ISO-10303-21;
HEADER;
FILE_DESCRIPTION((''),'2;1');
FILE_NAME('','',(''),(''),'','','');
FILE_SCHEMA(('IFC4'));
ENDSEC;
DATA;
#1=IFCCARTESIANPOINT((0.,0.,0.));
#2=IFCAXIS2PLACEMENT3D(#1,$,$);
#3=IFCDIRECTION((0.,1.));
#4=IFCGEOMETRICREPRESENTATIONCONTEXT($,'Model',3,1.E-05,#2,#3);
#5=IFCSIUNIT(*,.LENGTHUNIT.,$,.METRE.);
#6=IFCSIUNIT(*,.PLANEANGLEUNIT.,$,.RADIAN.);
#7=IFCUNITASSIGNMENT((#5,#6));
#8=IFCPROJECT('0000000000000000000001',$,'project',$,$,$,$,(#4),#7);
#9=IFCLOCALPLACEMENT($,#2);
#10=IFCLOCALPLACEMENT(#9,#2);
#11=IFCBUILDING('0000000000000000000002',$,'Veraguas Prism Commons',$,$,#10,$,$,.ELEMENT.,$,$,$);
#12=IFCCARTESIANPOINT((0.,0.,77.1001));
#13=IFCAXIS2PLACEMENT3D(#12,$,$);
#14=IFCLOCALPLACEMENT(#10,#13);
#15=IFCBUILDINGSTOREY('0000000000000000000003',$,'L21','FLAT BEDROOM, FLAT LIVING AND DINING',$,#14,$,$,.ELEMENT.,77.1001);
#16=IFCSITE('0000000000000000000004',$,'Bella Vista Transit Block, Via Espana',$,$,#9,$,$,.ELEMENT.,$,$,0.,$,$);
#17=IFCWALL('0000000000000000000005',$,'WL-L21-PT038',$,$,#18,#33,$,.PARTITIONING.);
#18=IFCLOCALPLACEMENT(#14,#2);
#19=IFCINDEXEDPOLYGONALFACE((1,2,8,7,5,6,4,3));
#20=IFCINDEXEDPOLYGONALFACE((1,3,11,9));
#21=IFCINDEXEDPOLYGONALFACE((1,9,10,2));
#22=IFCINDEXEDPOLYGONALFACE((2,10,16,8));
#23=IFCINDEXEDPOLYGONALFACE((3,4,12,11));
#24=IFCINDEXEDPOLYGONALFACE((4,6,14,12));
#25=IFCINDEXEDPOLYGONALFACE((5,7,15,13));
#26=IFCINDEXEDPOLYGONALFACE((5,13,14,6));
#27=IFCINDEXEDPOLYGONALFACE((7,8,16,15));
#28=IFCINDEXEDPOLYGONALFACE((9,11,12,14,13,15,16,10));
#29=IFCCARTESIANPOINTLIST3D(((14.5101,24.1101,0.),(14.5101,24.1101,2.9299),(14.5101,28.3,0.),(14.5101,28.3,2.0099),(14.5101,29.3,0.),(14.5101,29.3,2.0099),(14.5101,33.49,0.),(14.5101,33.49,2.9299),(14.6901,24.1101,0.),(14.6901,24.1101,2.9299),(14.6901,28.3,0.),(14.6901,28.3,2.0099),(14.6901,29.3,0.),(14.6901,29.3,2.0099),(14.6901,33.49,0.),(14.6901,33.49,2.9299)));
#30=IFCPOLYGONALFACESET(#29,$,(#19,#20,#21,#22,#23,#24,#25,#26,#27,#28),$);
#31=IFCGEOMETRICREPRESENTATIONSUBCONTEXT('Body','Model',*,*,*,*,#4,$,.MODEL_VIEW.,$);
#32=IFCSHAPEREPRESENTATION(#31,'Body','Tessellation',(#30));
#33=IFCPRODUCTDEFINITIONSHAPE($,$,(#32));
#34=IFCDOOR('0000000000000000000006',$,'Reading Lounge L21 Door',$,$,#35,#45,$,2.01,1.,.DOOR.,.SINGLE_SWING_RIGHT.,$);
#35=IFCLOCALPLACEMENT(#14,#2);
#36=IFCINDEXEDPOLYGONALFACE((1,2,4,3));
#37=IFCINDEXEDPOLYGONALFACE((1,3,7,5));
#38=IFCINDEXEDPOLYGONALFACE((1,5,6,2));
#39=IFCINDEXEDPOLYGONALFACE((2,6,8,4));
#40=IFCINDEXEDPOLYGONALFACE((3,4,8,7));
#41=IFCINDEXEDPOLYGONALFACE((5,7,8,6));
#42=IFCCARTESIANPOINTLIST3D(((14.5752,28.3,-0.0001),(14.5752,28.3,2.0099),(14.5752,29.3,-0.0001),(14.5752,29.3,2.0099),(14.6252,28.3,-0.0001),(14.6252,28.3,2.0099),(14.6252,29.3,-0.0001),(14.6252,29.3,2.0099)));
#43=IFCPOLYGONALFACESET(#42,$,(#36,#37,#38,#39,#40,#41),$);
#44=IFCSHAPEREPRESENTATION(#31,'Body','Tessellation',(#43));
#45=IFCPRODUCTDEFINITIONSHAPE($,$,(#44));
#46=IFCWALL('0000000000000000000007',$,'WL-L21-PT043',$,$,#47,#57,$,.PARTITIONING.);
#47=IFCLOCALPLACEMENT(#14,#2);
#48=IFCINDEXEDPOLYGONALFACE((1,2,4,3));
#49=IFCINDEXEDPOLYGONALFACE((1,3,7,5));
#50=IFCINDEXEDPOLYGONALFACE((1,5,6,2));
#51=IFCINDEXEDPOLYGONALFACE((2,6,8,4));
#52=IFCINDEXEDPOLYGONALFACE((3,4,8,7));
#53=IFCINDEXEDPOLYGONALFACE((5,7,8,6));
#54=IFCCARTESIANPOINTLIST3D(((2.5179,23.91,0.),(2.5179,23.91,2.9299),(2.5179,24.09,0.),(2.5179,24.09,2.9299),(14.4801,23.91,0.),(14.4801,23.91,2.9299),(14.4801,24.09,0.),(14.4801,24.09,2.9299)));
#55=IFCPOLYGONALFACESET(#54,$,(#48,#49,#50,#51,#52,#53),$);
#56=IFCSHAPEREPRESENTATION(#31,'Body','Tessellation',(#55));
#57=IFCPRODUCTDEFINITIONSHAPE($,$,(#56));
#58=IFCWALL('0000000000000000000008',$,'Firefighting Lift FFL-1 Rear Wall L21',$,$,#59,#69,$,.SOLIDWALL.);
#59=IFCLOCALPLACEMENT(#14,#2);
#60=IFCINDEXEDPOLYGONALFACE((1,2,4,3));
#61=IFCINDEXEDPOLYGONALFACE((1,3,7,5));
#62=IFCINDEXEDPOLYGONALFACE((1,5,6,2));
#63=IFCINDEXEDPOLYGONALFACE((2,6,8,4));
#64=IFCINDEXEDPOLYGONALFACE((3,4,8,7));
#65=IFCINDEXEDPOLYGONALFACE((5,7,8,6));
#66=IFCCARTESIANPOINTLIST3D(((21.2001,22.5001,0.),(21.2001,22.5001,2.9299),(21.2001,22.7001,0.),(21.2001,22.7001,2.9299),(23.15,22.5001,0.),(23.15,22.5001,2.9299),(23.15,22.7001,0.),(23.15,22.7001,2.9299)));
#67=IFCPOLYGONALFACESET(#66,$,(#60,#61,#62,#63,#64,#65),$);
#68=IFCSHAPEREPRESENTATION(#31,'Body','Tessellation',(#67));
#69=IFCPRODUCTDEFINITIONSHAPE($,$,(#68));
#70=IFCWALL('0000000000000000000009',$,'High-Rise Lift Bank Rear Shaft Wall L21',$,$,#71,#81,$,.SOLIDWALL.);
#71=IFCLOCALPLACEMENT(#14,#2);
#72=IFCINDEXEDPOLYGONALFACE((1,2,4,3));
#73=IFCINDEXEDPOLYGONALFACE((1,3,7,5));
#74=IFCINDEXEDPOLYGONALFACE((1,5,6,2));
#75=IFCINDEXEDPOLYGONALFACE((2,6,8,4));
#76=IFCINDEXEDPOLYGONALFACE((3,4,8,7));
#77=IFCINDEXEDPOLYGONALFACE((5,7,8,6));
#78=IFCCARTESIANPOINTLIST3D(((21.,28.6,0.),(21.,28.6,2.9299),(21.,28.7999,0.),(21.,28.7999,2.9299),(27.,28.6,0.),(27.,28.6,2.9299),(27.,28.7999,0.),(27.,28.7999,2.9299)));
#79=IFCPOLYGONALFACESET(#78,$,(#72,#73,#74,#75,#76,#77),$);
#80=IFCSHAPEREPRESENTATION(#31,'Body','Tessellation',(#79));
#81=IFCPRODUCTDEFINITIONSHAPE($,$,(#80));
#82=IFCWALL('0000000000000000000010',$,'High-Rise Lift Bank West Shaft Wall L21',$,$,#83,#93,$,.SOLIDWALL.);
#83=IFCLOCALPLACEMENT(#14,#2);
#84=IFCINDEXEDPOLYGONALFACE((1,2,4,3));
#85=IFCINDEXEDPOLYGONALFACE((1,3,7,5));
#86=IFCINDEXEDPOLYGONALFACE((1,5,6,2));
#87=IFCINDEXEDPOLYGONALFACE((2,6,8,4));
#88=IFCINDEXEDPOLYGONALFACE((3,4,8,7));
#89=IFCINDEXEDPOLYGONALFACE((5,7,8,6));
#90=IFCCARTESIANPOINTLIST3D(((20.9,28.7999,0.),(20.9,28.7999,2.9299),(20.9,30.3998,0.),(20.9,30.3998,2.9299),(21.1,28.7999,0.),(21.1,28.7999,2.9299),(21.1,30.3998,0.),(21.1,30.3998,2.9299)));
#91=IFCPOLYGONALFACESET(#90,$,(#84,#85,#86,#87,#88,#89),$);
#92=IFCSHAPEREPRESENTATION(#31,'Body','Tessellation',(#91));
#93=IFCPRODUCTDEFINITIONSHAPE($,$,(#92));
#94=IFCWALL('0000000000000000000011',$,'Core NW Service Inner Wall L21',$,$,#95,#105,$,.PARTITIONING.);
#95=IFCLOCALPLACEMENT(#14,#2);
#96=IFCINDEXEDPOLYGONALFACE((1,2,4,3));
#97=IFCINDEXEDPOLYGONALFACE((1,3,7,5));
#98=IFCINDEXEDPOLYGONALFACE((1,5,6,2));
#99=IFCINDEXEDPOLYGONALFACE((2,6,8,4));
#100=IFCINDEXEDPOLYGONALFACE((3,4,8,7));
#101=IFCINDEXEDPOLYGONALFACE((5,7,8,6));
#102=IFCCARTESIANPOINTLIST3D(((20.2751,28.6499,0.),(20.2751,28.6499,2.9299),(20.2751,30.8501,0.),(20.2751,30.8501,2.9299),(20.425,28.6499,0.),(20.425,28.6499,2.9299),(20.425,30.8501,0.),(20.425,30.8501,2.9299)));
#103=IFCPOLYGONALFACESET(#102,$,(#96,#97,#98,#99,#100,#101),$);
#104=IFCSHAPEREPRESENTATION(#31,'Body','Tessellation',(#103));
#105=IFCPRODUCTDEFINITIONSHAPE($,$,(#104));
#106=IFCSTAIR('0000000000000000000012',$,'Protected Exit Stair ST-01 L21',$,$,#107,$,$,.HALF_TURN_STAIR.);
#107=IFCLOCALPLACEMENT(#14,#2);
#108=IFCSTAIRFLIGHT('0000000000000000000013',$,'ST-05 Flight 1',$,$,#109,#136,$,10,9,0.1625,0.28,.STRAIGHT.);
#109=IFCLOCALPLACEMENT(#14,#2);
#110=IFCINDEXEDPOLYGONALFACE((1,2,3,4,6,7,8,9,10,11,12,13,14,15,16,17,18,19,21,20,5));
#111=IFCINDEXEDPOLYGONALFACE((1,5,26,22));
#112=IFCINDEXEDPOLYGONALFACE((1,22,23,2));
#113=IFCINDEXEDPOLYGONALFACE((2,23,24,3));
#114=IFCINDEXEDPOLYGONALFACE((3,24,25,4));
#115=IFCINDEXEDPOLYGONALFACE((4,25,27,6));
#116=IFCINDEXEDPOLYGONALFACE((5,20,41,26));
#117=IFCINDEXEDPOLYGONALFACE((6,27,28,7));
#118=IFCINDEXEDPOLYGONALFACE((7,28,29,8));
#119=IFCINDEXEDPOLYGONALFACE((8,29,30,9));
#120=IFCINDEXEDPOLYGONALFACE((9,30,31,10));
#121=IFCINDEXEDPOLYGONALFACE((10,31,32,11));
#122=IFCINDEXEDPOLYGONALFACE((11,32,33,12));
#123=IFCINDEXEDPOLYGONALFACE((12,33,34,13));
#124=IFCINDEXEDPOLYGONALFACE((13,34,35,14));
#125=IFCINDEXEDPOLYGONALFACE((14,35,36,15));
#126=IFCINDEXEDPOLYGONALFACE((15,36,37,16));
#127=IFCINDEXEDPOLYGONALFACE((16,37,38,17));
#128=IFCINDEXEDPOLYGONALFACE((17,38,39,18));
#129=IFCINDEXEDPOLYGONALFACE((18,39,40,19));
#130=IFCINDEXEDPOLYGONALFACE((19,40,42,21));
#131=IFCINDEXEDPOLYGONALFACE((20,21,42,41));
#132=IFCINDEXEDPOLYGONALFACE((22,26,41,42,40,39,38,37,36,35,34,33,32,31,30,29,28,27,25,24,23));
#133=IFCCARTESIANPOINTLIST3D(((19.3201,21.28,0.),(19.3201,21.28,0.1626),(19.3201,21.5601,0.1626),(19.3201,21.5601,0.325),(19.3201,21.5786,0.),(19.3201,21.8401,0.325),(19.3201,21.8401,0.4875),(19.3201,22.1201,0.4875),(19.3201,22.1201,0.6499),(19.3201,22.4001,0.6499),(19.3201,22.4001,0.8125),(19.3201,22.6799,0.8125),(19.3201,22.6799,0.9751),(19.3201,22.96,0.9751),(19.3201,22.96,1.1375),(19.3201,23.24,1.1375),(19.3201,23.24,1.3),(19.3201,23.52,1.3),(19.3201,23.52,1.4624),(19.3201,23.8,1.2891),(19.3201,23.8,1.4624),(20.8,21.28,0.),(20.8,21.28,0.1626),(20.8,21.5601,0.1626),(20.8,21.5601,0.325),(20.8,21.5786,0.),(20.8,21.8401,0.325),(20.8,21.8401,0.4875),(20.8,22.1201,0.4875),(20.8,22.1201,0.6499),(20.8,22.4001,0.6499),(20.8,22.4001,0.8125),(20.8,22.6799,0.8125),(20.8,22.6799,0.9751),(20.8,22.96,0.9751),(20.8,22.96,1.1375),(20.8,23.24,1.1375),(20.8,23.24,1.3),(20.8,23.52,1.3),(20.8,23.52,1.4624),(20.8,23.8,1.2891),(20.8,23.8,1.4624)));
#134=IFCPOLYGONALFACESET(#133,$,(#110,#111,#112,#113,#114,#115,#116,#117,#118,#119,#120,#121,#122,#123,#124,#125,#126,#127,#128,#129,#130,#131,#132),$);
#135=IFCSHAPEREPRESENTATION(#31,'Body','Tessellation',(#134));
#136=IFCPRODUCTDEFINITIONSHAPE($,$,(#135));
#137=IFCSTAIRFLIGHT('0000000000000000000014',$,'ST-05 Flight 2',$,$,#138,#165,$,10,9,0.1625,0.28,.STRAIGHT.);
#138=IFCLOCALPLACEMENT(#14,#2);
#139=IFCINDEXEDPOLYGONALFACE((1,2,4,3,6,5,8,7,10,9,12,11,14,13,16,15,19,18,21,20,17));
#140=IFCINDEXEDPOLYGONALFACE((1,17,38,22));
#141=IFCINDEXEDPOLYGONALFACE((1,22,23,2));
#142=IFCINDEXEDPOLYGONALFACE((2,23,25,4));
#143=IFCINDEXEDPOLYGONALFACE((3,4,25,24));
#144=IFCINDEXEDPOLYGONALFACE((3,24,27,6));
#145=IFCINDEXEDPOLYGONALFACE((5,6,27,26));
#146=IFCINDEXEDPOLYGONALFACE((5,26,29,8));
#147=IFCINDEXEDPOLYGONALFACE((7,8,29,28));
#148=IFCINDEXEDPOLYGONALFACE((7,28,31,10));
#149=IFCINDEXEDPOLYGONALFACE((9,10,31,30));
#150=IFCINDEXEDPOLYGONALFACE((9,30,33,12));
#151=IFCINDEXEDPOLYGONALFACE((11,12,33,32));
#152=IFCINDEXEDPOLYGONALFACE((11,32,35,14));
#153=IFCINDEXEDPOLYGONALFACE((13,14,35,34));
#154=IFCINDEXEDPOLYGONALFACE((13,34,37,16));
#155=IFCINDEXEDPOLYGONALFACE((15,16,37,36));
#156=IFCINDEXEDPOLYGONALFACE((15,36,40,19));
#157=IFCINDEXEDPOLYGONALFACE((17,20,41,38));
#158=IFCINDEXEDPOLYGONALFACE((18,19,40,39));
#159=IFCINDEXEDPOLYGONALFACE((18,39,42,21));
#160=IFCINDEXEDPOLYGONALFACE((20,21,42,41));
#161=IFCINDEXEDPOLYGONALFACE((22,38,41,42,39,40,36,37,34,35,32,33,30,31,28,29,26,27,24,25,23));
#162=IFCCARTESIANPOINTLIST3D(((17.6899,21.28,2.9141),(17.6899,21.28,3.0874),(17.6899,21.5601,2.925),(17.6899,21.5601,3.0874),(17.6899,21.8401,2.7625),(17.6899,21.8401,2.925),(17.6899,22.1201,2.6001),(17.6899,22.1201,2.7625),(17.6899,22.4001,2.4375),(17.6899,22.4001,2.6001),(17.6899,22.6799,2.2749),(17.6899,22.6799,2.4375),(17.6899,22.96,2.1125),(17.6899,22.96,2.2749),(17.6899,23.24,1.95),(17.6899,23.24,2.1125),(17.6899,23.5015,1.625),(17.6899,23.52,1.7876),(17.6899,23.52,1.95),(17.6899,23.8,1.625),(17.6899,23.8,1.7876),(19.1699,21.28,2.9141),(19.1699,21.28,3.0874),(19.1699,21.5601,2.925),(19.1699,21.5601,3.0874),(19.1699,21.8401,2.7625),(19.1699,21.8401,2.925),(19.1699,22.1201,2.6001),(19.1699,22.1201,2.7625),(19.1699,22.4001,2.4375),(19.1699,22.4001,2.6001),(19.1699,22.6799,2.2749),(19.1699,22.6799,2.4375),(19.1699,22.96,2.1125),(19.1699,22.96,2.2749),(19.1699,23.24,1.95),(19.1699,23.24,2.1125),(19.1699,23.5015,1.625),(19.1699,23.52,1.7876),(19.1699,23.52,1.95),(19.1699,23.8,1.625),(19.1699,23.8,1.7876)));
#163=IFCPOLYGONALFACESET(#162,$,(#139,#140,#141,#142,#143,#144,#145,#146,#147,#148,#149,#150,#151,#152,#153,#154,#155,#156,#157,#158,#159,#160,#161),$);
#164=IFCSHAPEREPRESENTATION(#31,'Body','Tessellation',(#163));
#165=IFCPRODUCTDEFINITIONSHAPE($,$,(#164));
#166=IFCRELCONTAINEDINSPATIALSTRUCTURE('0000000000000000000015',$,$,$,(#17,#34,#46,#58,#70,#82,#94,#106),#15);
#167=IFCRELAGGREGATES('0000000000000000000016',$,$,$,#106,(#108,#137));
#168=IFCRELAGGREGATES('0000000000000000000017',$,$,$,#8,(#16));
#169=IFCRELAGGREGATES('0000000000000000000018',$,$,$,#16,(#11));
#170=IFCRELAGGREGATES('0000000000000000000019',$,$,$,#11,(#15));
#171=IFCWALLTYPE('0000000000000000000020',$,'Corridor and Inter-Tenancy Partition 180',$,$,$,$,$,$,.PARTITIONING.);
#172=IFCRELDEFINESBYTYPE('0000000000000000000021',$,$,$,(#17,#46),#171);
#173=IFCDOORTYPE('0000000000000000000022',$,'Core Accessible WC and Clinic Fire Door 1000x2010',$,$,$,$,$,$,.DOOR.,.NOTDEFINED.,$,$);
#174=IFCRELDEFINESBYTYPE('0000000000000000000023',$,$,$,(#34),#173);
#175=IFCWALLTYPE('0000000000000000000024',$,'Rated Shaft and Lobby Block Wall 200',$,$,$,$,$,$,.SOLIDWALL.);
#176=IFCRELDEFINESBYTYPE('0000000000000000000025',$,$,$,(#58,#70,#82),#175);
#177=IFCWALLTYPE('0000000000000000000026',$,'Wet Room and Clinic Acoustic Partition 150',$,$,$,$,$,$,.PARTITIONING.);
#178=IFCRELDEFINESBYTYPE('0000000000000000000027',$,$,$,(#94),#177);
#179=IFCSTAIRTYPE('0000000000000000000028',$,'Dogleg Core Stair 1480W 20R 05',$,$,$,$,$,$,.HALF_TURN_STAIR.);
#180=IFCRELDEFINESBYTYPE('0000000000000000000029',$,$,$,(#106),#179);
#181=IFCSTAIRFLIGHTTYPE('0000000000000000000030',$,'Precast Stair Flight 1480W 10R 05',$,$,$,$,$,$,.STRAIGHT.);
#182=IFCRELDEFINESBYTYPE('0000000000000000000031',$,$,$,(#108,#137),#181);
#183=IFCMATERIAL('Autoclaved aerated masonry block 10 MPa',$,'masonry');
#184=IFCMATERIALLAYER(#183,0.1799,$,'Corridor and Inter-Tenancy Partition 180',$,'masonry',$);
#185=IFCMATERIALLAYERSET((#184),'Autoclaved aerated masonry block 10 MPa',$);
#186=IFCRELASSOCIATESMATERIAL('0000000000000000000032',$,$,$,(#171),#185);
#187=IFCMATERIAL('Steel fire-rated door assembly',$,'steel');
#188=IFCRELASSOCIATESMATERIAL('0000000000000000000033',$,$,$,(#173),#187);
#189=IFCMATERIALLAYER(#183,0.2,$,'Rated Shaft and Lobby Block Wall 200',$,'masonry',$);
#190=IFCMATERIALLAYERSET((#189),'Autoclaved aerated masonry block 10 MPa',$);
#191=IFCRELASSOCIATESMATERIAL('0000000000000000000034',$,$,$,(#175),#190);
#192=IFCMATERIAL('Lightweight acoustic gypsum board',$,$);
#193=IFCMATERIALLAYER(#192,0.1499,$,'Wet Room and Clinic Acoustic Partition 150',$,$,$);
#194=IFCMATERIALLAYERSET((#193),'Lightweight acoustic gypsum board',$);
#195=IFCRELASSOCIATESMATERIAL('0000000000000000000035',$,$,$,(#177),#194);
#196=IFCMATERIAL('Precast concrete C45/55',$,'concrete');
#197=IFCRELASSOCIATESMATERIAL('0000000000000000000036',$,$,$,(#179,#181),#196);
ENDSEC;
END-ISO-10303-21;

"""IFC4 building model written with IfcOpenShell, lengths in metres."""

from ifc_helpers import new_model, si_unit, direction, frame, frame_2d, origin, place, context, subcontext, project, spatial, polyline, rectangle, outline, extrude, source, transform, mapped, material, layer, layer_set, type_object, element, fill, aggregate, save


model = new_model("IFC4")

# Units and contexts
model_context = context("Model", 3, precision=1e-05, world=origin(), true_north=direction((0.0, 1.0)))
body_context = subcontext(model_context, "Body", "Model", "MODEL_VIEW")
ifc_project = project(units=[si_unit("LENGTHUNIT", "METRE"), si_unit("PLANEANGLEUNIT", "RADIAN")], contexts=[model_context])

# Site, building, storey
site_placement = place(None, origin())
site = spatial("IfcSite", under=ifc_project, at=site_placement, Name="Bella Vista Transit Block, Via Espana", CompositionType="ELEMENT", RefElevation=0.0)
building_placement = place(site_placement, origin())
building = spatial("IfcBuilding", under=site, at=building_placement, Name="Veraguas Prism Commons", CompositionType="ELEMENT")
storey_placement = place(building_placement, frame((0.0, 0.0, 77.1001)))
storey = spatial("IfcBuildingStorey", under=building, at=storey_placement, Name="L21", Description="FLAT BEDROOM, FLAT LIVING AND DINING", CompositionType="ELEMENT", Elevation=77.1001)

# Wall, opening, door
ifc_material_1 = material(Name="Steel fire-rated door assembly", Category="steel")
ifc_material_2 = material(Name="Autoclaved aerated masonry block 10 MPa", Category="masonry")
ifc_layer_1 = layer(ifc_material_2, 0.1799, Name="Corridor and Inter-Tenancy Partition 180", Category="masonry")
ifc_layer_set_1 = layer_set([ifc_layer_1], Name="Autoclaved aerated masonry block 10 MPa")
wall_type_1 = type_object("IfcWallType", Name="Corridor and Inter-Tenancy Partition 180", PredefinedType="PARTITIONING", material=ifc_layer_set_1)
wall_1_placement = place(storey_placement, frame((14.6001, 24.1101, 0.0), z_axis=(0.0, 0.0, 1.0), x_axis=(0.0, 1.0, 0.0)))
wall_1 = element("IfcWall", 1, at=wall_1_placement, inside=storey, type_object=wall_type_1, Name="WL-L21-PT038", PredefinedType="PARTITIONING", context=body_context, shape_type="SweptSolid", body=[
    extrude(rectangle(XDim=9.3799, YDim=0.1799, at=frame_2d((4.6899, 0.0))), origin(), (0.0, 0.0, 1.0), 2.9299),
])
opening_1_placement = place(wall_1_placement, frame((4.1899, 0.0, 0.0)))
opening_1 = element("IfcOpeningElement", 2, at=opening_1_placement, cuts=wall_1, PredefinedType="OPENING", context=body_context, shape_type="SweptSolid", body=[
    extrude(rectangle(XDim=1.0, YDim=2.01, at=frame_2d((0.5, 1.0049))), frame((0.0, 0.0999, 0.0), z_axis=(0.0, -1.0, 0.0), x_axis=(1.0, 0.0, 0.0)), (0.0, 0.0, 1.0), 0.2),
])
door_type_1 = type_object("IfcDoorType", Name="Core Accessible WC and Clinic Fire Door 1000x2010", OperationType="NOTDEFINED", PredefinedType="DOOR", material=ifc_material_1)
shared_shape_1 = source(origin(), body_context, "Body", "SweptSolid", [
    extrude(rectangle(XDim=1.0, YDim=2.01, at=frame_2d((0.5, 1.0049))), frame((0.0, 0.0249, 0.0), z_axis=(0.0, -1.0, 0.0), x_axis=(1.0, 0.0, 0.0)), (0.0, 0.0, 1.0), 0.05),
])
door_1_placement = place(opening_1_placement, origin())
door_1 = element("IfcDoor", 3, at=door_1_placement, inside=storey, type_object=door_type_1, Name="Reading Lounge L21 Door", OperationType="SINGLE_SWING_RIGHT", OverallHeight=2.01, OverallWidth=1.0, PredefinedType="DOOR", context=body_context, shape_type="MappedRepresentation", body=[
    mapped(shared_shape_1, transform((0.0, 0.0, 0.0), scale=1.0)),
])
fill(opening_1, door_1)

# Walls
wall_2_placement = place(storey_placement, frame((14.48, 24.0, 0.0), z_axis=(0.0, 0.0, 1.0), x_axis=(-1.0, 0.0, 0.0)))
element("IfcWall", 4, at=wall_2_placement, inside=storey, type_object=wall_type_1, Name="WL-L21-PT043", PredefinedType="PARTITIONING", context=body_context, shape_type="SweptSolid", body=[
    extrude(rectangle(XDim=11.9622, YDim=0.1799, at=frame_2d((5.981, 0.0))), origin(), (0.0, 0.0, 1.0), 2.9299),
])
ifc_layer_2 = layer(ifc_material_2, 0.2, Name="Rated Shaft and Lobby Block Wall 200", Category="masonry")
ifc_layer_set_2 = layer_set([ifc_layer_2], Name="Autoclaved aerated masonry block 10 MPa")
wall_type_2 = type_object("IfcWallType", Name="Rated Shaft and Lobby Block Wall 200", PredefinedType="SOLIDWALL", material=ifc_layer_set_2)
wall_3_placement = place(storey_placement, frame((21.2, 22.6001, 0.0), z_axis=(0.0, 0.0, 1.0), x_axis=(1.0, 0.0, 0.0)))
element("IfcWall", 5, at=wall_3_placement, inside=storey, type_object=wall_type_2, Name="Firefighting Lift FFL-1 Rear Wall L21", PredefinedType="SOLIDWALL", context=body_context, shape_type="SweptSolid", body=[
    extrude(rectangle(XDim=1.95, YDim=0.2, at=frame_2d((0.9751, 0.0))), origin(), (0.0, 0.0, 1.0), 2.9299),
])
wall_4_placement = place(storey_placement, frame((21.0, 28.7, 0.0), z_axis=(0.0, 0.0, 1.0), x_axis=(1.0, 0.0, 0.0)))
element("IfcWall", 6, at=wall_4_placement, inside=storey, type_object=wall_type_2, Name="High-Rise Lift Bank Rear Shaft Wall L21", PredefinedType="SOLIDWALL", context=body_context, shape_type="SweptSolid", body=[
    extrude(rectangle(XDim=6.0, YDim=0.2, at=frame_2d((3.0, 0.0))), origin(), (0.0, 0.0, 1.0), 2.9299),
])
wall_5_placement = place(storey_placement, frame((21.0, 28.8, 0.0), z_axis=(0.0, 0.0, 1.0), x_axis=(0.0, 1.0, 0.0)))
element("IfcWall", 7, at=wall_5_placement, inside=storey, type_object=wall_type_2, Name="High-Rise Lift Bank West Shaft Wall L21", PredefinedType="SOLIDWALL", context=body_context, shape_type="SweptSolid", body=[
    extrude(rectangle(XDim=1.5999, YDim=0.2, at=frame_2d((0.7998, 0.0))), origin(), (0.0, 0.0, 1.0), 2.9299),
])
ifc_material_3 = material(Name="Lightweight acoustic gypsum board")
ifc_layer_3 = layer(ifc_material_3, 0.1499, Name="Wet Room and Clinic Acoustic Partition 150")
ifc_layer_set_3 = layer_set([ifc_layer_3], Name="Lightweight acoustic gypsum board")
wall_type_3 = type_object("IfcWallType", Name="Wet Room and Clinic Acoustic Partition 150", PredefinedType="PARTITIONING", material=ifc_layer_set_3)
wall_6_placement = place(storey_placement, frame((20.3501, 28.6499, 0.0), z_axis=(0.0, 0.0, 1.0), x_axis=(0.0, 1.0, 0.0)))
element("IfcWall", 8, at=wall_6_placement, inside=storey, type_object=wall_type_3, Name="Core NW Service Inner Wall L21", PredefinedType="PARTITIONING", context=body_context, shape_type="SweptSolid", body=[
    extrude(rectangle(XDim=2.2002, YDim=0.1499, at=frame_2d((1.1001, 0.0))), origin(), (0.0, 0.0, 1.0), 2.9299),
])

# Stair, stair flights
ifc_material_4 = material(Name="Precast concrete C45/55", Category="concrete")
stair_type = type_object("IfcStairType", Name="Dogleg Core Stair 1480W 20R 05", PredefinedType="HALF_TURN_STAIR", material=ifc_material_4)
stair_placement = place(storey_placement, origin())
stair = element("IfcStair", 9, at=stair_placement, inside=storey, type_object=stair_type, Name="Protected Exit Stair ST-01 L21", PredefinedType="HALF_TURN_STAIR")
stair_flight_type = type_object("IfcStairFlightType", Name="Precast Stair Flight 1480W 10R 05", PredefinedType="STRAIGHT", material=ifc_material_4)
stair_flight_1_placement = place(storey_placement, frame((20.0601, 21.28, 0.0), z_axis=(0.0, 0.0, 1.0), x_axis=(0.0, 1.0, 0.0)))
stair_flight_1 = element("IfcStairFlight", 10, at=stair_flight_1_placement, type_object=stair_flight_type, Name="ST-05 Flight 1", NumberOfRisers=10, NumberOfTreads=9, PredefinedType="STRAIGHT", RiserHeight=0.1625, TreadLength=0.28, context=body_context, shape_type="SweptSolid", body=[
    extrude(outline(polyline([(0.0, 0.0), (0.0, 0.1626), (0.28, 0.1626), (0.28, 0.325), (0.5601, 0.325), (0.5601, 0.4875), (0.8401, 0.4875), (0.8401, 0.6499), (1.1201, 0.6499), (1.1201, 0.8125), (1.3999, 0.8125), (1.3999, 0.9751), (1.6799, 0.9751), (1.6799, 1.1375), (1.96, 1.1375), (1.96, 1.3), (2.24, 1.3), (2.24, 1.4624), (2.52, 1.4624), (2.52, 1.625), (2.52, 1.2891), (0.2986, 0.0), (0.0, 0.0)])), frame((0.0, 0.74, 0.0), z_axis=(0.0, -1.0, 0.0), x_axis=(1.0, 0.0, 0.0)), (0.0, 0.0, 1.0), 1.48),
])
stair_flight_2_placement = place(storey_placement, frame((18.4299, 23.8, 1.625), z_axis=(0.0, 0.0, 1.0), x_axis=(0.0, -1.0, 0.0)))
stair_flight_2 = element("IfcStairFlight", 11, at=stair_flight_2_placement, type_object=stair_flight_type, Name="ST-05 Flight 2", NumberOfRisers=10, NumberOfTreads=9, PredefinedType="STRAIGHT", RiserHeight=0.1625, TreadLength=0.28, context=body_context, shape_type="SweptSolid", body=[
    extrude(outline(polyline([(0.0, 0.0), (0.0, 0.1626), (0.28, 0.1626), (0.28, 0.325), (0.5601, 0.325), (0.5601, 0.4875), (0.8401, 0.4875), (0.8401, 0.6499), (1.1201, 0.6499), (1.1201, 0.8125), (1.3999, 0.8125), (1.3999, 0.9751), (1.6799, 0.9751), (1.6799, 1.1375), (1.96, 1.1375), (1.96, 1.3), (2.24, 1.3), (2.24, 1.4624), (2.52, 1.4624), (2.52, 1.625), (2.52, 1.2891), (0.2986, 0.0), (0.0, 0.0)])), frame((0.0, 0.74, 0.0), z_axis=(0.0, -1.0, 0.0), x_axis=(1.0, 0.0, 0.0)), (0.0, 0.0, 1.0), 1.48),
])
aggregate(stair, [stair_flight_1, stair_flight_2])

save(model, "model.ifc")
